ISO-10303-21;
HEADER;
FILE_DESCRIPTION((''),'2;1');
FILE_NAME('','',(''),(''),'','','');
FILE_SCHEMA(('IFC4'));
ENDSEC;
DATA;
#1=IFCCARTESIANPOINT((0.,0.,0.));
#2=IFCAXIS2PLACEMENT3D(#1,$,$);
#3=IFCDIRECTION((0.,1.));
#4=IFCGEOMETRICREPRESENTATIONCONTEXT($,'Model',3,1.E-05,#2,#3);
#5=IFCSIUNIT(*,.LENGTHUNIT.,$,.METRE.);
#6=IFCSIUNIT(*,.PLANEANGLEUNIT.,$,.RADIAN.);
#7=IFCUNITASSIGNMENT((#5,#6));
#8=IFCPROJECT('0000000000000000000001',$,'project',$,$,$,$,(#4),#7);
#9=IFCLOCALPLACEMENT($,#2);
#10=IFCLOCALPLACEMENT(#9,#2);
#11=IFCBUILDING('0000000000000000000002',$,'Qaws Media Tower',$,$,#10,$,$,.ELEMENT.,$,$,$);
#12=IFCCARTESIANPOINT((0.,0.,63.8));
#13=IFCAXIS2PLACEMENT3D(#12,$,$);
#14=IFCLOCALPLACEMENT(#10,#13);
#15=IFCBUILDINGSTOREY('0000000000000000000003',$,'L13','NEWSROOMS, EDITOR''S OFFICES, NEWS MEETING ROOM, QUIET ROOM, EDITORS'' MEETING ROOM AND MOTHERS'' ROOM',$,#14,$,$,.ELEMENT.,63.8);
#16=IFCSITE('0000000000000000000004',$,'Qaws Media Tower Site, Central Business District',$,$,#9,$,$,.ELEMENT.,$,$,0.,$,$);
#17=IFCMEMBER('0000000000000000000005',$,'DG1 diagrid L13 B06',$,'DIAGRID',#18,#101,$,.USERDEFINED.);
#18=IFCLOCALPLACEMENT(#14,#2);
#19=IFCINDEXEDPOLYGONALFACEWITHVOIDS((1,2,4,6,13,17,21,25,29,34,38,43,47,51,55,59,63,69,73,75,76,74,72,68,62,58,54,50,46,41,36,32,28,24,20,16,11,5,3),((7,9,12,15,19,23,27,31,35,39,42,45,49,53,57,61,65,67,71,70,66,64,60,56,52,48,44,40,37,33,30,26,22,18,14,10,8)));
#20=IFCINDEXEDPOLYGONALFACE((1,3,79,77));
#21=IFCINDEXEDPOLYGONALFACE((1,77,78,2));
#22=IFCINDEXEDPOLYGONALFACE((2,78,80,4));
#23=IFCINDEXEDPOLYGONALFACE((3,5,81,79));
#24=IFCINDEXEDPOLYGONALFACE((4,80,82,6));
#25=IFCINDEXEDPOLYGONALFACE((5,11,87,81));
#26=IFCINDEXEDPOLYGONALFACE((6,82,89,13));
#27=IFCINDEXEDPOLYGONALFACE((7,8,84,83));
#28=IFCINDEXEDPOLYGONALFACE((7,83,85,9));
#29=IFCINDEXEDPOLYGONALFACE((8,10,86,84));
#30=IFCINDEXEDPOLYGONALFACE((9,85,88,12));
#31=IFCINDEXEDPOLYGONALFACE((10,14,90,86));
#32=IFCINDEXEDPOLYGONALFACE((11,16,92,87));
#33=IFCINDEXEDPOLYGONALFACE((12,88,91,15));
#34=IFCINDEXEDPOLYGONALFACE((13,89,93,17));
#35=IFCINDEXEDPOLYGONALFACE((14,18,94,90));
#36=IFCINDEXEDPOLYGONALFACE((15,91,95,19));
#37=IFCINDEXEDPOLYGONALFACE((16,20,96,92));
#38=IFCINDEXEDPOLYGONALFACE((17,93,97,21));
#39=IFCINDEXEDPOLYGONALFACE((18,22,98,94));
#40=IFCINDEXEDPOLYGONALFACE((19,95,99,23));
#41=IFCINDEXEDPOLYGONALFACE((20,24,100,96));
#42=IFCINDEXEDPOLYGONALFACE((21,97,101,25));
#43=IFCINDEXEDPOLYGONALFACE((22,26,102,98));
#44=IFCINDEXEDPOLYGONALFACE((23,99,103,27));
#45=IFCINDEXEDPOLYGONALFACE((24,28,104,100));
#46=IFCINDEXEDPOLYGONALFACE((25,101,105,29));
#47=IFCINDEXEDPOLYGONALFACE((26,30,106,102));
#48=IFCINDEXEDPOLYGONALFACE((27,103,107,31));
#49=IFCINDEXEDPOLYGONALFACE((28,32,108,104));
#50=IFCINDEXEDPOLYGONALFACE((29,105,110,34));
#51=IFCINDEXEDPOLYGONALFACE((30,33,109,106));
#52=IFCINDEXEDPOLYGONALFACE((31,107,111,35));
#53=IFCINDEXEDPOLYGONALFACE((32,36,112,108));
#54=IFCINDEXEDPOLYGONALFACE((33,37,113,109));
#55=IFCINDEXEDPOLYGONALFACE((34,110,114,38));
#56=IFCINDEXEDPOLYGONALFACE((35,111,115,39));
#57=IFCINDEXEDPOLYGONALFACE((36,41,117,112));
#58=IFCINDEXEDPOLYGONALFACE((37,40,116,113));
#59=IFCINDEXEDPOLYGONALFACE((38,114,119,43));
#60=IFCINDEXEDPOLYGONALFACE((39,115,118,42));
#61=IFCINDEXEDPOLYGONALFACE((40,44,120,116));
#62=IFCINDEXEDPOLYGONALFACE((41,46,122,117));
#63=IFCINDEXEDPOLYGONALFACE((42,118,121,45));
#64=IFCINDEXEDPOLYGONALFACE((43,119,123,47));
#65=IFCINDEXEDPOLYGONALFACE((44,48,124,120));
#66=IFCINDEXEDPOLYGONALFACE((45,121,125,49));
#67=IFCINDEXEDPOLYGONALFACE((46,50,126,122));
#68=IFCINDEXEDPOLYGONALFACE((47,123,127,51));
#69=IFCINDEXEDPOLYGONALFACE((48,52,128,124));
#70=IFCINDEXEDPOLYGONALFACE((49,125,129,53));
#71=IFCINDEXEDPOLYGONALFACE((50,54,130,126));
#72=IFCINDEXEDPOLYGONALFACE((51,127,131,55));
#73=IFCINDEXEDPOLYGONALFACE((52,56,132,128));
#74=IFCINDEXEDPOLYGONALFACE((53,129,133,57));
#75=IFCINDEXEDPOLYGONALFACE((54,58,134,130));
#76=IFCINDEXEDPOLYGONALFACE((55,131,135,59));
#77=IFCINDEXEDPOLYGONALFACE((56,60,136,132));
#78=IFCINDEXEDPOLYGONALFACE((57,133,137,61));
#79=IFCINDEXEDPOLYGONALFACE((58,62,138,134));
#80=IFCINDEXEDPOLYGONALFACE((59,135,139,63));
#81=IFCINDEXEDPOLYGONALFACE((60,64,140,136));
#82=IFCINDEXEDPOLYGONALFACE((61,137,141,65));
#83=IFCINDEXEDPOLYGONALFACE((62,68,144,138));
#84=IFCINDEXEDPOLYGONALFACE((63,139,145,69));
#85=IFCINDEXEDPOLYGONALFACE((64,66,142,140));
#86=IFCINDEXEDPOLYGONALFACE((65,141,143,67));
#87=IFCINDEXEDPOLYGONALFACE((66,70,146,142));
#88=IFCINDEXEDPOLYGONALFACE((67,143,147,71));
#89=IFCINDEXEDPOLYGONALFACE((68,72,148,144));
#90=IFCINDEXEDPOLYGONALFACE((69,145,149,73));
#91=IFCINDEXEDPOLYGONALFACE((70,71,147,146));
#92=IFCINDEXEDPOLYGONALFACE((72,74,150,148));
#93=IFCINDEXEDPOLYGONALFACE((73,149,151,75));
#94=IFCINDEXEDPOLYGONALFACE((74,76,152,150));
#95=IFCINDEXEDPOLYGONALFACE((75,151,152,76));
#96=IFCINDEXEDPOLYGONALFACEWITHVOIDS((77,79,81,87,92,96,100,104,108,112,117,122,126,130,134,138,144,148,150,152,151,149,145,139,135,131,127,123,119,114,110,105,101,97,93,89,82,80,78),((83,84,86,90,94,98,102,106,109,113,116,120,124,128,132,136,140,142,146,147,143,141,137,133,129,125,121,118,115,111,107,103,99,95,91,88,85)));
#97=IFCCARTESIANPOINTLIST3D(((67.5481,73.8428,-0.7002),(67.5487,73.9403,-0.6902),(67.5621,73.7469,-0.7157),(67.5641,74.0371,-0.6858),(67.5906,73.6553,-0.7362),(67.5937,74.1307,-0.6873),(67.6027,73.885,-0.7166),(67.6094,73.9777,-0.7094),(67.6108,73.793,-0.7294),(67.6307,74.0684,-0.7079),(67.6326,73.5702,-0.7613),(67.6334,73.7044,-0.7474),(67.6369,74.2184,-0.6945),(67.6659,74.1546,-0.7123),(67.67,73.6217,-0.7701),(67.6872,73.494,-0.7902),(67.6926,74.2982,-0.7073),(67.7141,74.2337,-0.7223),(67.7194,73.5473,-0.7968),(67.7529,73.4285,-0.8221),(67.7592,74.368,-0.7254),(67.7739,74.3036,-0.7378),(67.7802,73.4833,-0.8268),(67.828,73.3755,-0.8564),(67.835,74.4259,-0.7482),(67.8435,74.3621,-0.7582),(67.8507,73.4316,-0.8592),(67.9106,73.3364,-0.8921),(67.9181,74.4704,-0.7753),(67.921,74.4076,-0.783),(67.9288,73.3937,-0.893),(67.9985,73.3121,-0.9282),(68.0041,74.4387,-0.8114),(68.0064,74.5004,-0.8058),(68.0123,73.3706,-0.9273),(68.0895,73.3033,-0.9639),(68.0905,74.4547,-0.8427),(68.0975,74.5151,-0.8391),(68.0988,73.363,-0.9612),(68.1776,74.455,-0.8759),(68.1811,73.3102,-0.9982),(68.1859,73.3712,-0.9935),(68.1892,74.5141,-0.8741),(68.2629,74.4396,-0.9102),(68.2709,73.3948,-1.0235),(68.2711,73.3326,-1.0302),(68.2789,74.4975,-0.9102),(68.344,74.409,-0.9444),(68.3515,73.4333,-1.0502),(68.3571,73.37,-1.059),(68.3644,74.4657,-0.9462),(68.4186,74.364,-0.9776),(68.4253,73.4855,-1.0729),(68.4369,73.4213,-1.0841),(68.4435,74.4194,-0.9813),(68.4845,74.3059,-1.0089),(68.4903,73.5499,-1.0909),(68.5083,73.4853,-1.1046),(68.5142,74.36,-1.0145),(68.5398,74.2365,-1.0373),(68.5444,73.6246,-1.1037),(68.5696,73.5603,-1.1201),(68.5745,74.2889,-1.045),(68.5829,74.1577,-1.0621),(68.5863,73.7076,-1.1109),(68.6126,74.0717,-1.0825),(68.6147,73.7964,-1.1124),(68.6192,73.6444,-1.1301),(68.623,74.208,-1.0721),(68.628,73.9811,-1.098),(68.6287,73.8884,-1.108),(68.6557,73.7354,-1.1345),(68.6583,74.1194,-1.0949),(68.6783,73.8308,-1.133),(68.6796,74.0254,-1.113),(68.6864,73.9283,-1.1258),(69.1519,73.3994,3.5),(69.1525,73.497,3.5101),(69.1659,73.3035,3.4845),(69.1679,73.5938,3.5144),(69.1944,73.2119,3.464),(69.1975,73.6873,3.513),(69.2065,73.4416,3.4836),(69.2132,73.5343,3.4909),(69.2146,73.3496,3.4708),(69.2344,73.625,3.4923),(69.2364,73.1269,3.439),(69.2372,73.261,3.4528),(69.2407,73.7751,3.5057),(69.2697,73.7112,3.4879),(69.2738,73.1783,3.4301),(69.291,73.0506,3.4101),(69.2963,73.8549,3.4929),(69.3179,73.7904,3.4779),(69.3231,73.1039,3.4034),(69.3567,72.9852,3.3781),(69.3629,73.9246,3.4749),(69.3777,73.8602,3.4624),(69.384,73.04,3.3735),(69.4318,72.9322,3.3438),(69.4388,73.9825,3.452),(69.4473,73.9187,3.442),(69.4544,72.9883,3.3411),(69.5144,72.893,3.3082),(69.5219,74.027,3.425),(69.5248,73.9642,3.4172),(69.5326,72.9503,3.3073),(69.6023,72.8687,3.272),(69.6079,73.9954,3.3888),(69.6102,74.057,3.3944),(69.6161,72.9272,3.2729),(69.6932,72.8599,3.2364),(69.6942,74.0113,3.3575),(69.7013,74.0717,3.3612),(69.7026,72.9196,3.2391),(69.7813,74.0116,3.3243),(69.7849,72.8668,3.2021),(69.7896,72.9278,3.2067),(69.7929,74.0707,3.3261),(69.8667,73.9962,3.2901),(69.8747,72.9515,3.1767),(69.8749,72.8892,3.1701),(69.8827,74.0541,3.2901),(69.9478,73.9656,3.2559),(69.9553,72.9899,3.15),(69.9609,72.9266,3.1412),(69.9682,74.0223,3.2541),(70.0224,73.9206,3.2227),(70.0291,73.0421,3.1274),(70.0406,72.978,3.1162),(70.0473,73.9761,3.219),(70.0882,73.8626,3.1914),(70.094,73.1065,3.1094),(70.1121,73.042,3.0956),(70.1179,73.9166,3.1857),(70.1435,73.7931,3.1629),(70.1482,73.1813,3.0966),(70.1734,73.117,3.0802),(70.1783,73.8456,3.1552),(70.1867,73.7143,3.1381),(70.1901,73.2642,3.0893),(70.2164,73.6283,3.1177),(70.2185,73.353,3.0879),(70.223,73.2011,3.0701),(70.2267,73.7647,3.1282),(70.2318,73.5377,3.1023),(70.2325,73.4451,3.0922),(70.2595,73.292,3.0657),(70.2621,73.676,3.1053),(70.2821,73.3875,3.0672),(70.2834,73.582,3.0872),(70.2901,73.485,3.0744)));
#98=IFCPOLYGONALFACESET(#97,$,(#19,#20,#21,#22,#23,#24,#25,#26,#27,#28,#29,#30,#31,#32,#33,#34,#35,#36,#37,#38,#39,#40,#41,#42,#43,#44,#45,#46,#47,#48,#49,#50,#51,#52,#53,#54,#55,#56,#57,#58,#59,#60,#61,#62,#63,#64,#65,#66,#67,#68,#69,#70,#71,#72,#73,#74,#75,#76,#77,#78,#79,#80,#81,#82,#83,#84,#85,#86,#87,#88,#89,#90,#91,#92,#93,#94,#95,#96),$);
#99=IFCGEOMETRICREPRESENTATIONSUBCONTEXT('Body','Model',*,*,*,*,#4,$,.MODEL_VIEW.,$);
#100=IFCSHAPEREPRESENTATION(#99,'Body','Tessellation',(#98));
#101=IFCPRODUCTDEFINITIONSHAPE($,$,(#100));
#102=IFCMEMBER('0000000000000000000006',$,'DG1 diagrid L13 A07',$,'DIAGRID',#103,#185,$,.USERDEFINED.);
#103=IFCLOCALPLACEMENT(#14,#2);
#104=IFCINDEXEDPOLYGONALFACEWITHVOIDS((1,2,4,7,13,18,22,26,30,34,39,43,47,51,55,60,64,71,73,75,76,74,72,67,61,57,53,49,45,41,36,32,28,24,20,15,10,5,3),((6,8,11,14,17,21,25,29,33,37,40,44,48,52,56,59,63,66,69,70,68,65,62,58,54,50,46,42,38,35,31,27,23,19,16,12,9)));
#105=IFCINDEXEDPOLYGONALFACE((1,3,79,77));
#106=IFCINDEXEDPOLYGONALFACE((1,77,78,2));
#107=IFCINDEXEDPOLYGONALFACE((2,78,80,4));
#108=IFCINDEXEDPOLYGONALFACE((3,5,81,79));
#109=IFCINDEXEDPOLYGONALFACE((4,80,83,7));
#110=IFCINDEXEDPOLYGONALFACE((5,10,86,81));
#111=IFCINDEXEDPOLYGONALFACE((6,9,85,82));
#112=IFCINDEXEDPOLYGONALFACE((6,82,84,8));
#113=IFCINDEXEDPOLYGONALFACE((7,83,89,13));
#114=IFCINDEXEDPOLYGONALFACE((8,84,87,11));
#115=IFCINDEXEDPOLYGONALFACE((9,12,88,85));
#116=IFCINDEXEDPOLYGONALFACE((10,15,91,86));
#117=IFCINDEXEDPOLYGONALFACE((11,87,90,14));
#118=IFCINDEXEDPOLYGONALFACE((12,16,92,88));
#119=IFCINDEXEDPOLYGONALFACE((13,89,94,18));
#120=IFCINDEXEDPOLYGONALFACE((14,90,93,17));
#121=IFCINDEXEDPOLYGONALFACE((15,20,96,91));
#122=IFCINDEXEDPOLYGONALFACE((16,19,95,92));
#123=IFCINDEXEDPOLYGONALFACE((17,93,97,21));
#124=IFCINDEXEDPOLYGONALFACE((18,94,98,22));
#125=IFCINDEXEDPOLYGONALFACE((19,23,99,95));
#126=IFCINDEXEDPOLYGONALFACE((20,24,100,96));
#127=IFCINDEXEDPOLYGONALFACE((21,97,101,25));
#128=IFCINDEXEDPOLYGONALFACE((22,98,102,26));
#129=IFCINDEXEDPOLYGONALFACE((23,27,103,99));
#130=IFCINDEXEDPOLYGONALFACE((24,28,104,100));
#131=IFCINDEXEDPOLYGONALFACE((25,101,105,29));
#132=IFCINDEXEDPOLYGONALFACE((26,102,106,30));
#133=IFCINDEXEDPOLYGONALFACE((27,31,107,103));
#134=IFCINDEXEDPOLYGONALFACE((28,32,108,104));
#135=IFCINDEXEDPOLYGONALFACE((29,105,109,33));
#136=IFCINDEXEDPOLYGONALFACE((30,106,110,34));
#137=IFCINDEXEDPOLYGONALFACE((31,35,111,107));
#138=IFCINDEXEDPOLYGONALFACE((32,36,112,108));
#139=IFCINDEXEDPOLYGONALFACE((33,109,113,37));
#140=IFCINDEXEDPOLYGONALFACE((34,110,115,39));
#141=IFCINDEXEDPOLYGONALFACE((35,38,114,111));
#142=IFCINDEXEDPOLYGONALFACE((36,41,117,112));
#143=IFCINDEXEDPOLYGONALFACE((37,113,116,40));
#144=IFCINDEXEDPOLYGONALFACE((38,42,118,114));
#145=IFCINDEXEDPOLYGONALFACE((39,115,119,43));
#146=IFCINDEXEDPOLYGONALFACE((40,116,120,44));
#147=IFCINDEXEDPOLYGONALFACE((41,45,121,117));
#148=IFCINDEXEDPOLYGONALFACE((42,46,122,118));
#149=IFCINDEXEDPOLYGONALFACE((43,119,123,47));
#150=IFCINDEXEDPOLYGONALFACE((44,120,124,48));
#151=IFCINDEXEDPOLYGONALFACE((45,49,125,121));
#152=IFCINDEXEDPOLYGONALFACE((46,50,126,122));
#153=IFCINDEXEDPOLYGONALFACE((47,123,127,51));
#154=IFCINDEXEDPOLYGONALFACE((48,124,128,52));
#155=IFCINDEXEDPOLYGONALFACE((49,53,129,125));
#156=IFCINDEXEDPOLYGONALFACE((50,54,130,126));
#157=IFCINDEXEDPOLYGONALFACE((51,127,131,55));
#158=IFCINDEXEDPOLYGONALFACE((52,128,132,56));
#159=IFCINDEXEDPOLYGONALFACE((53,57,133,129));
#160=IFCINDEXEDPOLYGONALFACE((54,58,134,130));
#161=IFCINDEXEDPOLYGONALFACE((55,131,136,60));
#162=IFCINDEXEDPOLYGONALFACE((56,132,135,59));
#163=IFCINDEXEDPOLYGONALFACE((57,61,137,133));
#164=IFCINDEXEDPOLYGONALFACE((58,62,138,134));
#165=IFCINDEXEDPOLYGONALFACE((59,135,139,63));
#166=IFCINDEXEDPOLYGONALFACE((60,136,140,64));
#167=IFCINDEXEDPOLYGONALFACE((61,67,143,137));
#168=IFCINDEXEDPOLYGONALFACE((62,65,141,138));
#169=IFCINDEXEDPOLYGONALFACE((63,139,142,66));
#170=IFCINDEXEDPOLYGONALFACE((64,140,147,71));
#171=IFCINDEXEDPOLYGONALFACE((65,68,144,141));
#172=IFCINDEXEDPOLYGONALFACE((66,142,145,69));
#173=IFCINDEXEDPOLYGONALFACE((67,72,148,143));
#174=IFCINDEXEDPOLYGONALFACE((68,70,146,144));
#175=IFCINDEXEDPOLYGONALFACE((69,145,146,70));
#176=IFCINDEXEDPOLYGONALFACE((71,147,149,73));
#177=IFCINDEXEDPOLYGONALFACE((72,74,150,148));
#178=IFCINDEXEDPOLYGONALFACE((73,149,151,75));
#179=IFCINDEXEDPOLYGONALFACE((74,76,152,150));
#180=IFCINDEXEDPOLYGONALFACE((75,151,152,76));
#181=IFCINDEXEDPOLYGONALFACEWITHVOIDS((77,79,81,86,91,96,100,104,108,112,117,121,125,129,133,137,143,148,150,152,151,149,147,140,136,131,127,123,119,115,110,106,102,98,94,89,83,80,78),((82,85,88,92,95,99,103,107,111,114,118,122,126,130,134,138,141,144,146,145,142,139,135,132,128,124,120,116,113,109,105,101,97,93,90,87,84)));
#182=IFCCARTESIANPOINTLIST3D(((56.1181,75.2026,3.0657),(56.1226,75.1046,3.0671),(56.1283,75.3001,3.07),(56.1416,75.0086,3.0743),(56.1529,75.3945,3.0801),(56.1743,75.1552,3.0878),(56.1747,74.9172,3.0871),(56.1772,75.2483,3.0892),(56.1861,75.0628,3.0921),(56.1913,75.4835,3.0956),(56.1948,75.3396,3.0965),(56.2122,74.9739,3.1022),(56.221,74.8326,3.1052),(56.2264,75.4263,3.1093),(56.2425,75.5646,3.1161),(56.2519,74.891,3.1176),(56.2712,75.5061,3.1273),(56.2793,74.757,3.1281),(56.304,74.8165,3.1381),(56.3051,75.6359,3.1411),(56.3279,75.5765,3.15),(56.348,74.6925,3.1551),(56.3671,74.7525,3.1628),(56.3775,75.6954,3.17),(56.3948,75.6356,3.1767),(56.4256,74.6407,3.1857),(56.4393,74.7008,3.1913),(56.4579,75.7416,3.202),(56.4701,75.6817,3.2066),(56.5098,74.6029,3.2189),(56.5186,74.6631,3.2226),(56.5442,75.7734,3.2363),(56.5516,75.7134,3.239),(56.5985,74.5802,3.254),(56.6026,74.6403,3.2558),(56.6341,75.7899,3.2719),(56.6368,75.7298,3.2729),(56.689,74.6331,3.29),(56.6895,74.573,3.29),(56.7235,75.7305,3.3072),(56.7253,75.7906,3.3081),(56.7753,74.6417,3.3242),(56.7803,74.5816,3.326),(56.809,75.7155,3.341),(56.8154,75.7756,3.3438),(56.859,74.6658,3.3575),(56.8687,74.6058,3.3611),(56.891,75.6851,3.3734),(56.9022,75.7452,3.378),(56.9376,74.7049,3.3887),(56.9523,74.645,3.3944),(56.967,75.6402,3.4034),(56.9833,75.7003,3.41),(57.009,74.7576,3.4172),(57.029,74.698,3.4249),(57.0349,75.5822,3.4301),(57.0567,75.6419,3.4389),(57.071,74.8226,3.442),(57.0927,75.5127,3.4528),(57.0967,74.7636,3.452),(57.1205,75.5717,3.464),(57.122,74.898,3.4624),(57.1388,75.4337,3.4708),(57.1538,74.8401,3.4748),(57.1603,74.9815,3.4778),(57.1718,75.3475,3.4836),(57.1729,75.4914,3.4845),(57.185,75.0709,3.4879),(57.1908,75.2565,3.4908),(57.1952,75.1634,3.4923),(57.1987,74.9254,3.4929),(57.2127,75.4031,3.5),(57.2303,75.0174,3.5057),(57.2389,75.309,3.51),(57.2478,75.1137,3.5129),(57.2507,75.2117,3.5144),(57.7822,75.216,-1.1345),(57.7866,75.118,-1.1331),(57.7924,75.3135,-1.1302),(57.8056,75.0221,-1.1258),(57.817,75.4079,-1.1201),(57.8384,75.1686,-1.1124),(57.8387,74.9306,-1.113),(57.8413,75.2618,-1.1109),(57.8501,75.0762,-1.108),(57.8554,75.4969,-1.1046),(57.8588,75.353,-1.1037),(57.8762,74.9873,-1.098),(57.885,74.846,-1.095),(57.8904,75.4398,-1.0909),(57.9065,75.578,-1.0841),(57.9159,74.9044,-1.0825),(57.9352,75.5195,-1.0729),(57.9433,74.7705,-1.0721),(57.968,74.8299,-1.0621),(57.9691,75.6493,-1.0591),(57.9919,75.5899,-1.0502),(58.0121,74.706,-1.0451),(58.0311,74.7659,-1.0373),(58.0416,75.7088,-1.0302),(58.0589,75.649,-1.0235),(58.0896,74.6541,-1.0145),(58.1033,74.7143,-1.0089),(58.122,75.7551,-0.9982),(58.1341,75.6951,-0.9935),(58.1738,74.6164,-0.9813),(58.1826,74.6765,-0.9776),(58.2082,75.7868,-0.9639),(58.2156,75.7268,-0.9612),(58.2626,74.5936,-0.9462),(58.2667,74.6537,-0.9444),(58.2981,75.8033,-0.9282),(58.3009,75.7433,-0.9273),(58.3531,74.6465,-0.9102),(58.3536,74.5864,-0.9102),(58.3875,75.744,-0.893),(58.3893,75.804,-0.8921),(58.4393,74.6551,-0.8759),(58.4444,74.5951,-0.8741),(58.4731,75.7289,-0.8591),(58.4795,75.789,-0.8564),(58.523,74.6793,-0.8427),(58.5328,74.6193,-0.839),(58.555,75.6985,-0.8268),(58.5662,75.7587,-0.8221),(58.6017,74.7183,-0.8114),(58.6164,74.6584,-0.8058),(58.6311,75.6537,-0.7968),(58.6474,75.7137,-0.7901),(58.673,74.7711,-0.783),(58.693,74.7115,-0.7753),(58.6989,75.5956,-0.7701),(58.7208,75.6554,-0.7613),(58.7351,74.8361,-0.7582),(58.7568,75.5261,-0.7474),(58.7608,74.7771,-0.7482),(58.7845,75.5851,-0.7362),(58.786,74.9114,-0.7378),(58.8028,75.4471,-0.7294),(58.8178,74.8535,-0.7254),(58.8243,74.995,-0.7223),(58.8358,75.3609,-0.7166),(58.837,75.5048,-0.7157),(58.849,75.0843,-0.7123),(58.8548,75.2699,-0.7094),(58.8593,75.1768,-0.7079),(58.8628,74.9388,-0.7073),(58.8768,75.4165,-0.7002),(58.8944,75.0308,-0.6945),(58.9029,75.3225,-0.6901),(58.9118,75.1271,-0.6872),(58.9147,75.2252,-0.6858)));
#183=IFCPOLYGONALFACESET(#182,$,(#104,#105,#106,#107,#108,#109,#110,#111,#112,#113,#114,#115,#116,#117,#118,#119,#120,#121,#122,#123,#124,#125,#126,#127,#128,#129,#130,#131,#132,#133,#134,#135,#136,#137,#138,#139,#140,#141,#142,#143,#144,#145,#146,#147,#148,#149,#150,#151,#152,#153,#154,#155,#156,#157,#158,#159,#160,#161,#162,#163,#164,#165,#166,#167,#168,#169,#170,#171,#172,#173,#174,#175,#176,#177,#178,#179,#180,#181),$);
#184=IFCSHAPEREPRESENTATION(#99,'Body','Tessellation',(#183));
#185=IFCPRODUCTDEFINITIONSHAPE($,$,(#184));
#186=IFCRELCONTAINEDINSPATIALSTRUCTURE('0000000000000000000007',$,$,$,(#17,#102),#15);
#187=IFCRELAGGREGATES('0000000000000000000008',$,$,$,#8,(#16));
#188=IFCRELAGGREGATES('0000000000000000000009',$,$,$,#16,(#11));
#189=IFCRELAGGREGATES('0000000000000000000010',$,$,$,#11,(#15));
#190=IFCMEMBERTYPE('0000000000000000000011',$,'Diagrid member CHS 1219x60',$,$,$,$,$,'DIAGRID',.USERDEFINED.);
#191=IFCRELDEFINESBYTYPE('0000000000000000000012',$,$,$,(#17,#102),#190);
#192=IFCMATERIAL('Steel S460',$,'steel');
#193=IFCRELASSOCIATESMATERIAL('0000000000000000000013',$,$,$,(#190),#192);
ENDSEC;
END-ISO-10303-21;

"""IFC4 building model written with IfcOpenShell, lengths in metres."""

from ifc_helpers import new_model, si_unit, direction, frame, origin, origin_2d, place, context, subcontext, project, spatial, hollow_circle, extrude, material, material_profile, profile_set, type_object, element, save


model = new_model("IFC4")

# Units and contexts
model_context = context("Model", 3, precision=1e-05, world=origin(), true_north=direction((0.0, 1.0)))
body_context = subcontext(model_context, "Body", "Model", "MODEL_VIEW")
ifc_project = project(units=[si_unit("LENGTHUNIT", "METRE"), si_unit("PLANEANGLEUNIT", "RADIAN")], contexts=[model_context])

# Site, building, storey
site_placement = place(None, origin())
site = spatial("IfcSite", under=ifc_project, at=site_placement, Name="Qaws Media Tower Site, Central Business District", CompositionType="ELEMENT", RefElevation=0.0)
building_placement = place(site_placement, origin())
building = spatial("IfcBuilding", under=site, at=building_placement, Name="Qaws Media Tower", CompositionType="ELEMENT")
storey_placement = place(building_placement, frame((0.0, 0.0, 63.8)))
storey = spatial("IfcBuildingStorey", under=building, at=storey_placement, Name="L13", Description="NEWSROOMS, EDITOR'S OFFICES, NEWS MEETING ROOM, QUIET ROOM, EDITORS' MEETING ROOM AND MOTHERS' ROOM", CompositionType="ELEMENT", Elevation=63.8)

# Members
ifc_material_1 = material(Name="Steel S460", Category="steel")
ifc_material_profile_1 = material_profile(ifc_material_1, hollow_circle(Radius=0.6096, WallThickness=0.0601, at=origin_2d()), Name="CHS 1219x60")
ifc_profile_set_1 = profile_set([ifc_material_profile_1], Name="Steel S460")
member_type_1 = type_object("IfcMemberType", Name="Diagrid member CHS 1219x60", ElementType="DIAGRID", PredefinedType="USERDEFINED", material=ifc_profile_set_1)
for number, where, z_axis, x_axis, name in (
    (1, (68.1165, 73.9099, -0.9102), (0.354989, -0.098137, 0.929705), (0.266456, 0.963847, 0.0), "DG1 diagrid L13 B06"),
    (2, (58.3486, 75.196, -0.9102), (-0.368331, -0.002972, 0.92969), (0.008069, -0.999967, 0.0), "DG1 diagrid L13 A07"),
):
    element("IfcMember", number, at=place(storey_placement, frame(where, z_axis=z_axis, x_axis=x_axis)), inside=storey, type_object=member_type_1, Name=name, ObjectType="DIAGRID", PredefinedType="USERDEFINED", context=body_context, shape_type="SweptSolid", body=[
        extrude(hollow_circle(Radius=0.6096, WallThickness=0.0601, at=origin_2d()), origin(), (0.0, 0.0, 1.0), 4.5178),
    ])

save(model, "model.ifc")
